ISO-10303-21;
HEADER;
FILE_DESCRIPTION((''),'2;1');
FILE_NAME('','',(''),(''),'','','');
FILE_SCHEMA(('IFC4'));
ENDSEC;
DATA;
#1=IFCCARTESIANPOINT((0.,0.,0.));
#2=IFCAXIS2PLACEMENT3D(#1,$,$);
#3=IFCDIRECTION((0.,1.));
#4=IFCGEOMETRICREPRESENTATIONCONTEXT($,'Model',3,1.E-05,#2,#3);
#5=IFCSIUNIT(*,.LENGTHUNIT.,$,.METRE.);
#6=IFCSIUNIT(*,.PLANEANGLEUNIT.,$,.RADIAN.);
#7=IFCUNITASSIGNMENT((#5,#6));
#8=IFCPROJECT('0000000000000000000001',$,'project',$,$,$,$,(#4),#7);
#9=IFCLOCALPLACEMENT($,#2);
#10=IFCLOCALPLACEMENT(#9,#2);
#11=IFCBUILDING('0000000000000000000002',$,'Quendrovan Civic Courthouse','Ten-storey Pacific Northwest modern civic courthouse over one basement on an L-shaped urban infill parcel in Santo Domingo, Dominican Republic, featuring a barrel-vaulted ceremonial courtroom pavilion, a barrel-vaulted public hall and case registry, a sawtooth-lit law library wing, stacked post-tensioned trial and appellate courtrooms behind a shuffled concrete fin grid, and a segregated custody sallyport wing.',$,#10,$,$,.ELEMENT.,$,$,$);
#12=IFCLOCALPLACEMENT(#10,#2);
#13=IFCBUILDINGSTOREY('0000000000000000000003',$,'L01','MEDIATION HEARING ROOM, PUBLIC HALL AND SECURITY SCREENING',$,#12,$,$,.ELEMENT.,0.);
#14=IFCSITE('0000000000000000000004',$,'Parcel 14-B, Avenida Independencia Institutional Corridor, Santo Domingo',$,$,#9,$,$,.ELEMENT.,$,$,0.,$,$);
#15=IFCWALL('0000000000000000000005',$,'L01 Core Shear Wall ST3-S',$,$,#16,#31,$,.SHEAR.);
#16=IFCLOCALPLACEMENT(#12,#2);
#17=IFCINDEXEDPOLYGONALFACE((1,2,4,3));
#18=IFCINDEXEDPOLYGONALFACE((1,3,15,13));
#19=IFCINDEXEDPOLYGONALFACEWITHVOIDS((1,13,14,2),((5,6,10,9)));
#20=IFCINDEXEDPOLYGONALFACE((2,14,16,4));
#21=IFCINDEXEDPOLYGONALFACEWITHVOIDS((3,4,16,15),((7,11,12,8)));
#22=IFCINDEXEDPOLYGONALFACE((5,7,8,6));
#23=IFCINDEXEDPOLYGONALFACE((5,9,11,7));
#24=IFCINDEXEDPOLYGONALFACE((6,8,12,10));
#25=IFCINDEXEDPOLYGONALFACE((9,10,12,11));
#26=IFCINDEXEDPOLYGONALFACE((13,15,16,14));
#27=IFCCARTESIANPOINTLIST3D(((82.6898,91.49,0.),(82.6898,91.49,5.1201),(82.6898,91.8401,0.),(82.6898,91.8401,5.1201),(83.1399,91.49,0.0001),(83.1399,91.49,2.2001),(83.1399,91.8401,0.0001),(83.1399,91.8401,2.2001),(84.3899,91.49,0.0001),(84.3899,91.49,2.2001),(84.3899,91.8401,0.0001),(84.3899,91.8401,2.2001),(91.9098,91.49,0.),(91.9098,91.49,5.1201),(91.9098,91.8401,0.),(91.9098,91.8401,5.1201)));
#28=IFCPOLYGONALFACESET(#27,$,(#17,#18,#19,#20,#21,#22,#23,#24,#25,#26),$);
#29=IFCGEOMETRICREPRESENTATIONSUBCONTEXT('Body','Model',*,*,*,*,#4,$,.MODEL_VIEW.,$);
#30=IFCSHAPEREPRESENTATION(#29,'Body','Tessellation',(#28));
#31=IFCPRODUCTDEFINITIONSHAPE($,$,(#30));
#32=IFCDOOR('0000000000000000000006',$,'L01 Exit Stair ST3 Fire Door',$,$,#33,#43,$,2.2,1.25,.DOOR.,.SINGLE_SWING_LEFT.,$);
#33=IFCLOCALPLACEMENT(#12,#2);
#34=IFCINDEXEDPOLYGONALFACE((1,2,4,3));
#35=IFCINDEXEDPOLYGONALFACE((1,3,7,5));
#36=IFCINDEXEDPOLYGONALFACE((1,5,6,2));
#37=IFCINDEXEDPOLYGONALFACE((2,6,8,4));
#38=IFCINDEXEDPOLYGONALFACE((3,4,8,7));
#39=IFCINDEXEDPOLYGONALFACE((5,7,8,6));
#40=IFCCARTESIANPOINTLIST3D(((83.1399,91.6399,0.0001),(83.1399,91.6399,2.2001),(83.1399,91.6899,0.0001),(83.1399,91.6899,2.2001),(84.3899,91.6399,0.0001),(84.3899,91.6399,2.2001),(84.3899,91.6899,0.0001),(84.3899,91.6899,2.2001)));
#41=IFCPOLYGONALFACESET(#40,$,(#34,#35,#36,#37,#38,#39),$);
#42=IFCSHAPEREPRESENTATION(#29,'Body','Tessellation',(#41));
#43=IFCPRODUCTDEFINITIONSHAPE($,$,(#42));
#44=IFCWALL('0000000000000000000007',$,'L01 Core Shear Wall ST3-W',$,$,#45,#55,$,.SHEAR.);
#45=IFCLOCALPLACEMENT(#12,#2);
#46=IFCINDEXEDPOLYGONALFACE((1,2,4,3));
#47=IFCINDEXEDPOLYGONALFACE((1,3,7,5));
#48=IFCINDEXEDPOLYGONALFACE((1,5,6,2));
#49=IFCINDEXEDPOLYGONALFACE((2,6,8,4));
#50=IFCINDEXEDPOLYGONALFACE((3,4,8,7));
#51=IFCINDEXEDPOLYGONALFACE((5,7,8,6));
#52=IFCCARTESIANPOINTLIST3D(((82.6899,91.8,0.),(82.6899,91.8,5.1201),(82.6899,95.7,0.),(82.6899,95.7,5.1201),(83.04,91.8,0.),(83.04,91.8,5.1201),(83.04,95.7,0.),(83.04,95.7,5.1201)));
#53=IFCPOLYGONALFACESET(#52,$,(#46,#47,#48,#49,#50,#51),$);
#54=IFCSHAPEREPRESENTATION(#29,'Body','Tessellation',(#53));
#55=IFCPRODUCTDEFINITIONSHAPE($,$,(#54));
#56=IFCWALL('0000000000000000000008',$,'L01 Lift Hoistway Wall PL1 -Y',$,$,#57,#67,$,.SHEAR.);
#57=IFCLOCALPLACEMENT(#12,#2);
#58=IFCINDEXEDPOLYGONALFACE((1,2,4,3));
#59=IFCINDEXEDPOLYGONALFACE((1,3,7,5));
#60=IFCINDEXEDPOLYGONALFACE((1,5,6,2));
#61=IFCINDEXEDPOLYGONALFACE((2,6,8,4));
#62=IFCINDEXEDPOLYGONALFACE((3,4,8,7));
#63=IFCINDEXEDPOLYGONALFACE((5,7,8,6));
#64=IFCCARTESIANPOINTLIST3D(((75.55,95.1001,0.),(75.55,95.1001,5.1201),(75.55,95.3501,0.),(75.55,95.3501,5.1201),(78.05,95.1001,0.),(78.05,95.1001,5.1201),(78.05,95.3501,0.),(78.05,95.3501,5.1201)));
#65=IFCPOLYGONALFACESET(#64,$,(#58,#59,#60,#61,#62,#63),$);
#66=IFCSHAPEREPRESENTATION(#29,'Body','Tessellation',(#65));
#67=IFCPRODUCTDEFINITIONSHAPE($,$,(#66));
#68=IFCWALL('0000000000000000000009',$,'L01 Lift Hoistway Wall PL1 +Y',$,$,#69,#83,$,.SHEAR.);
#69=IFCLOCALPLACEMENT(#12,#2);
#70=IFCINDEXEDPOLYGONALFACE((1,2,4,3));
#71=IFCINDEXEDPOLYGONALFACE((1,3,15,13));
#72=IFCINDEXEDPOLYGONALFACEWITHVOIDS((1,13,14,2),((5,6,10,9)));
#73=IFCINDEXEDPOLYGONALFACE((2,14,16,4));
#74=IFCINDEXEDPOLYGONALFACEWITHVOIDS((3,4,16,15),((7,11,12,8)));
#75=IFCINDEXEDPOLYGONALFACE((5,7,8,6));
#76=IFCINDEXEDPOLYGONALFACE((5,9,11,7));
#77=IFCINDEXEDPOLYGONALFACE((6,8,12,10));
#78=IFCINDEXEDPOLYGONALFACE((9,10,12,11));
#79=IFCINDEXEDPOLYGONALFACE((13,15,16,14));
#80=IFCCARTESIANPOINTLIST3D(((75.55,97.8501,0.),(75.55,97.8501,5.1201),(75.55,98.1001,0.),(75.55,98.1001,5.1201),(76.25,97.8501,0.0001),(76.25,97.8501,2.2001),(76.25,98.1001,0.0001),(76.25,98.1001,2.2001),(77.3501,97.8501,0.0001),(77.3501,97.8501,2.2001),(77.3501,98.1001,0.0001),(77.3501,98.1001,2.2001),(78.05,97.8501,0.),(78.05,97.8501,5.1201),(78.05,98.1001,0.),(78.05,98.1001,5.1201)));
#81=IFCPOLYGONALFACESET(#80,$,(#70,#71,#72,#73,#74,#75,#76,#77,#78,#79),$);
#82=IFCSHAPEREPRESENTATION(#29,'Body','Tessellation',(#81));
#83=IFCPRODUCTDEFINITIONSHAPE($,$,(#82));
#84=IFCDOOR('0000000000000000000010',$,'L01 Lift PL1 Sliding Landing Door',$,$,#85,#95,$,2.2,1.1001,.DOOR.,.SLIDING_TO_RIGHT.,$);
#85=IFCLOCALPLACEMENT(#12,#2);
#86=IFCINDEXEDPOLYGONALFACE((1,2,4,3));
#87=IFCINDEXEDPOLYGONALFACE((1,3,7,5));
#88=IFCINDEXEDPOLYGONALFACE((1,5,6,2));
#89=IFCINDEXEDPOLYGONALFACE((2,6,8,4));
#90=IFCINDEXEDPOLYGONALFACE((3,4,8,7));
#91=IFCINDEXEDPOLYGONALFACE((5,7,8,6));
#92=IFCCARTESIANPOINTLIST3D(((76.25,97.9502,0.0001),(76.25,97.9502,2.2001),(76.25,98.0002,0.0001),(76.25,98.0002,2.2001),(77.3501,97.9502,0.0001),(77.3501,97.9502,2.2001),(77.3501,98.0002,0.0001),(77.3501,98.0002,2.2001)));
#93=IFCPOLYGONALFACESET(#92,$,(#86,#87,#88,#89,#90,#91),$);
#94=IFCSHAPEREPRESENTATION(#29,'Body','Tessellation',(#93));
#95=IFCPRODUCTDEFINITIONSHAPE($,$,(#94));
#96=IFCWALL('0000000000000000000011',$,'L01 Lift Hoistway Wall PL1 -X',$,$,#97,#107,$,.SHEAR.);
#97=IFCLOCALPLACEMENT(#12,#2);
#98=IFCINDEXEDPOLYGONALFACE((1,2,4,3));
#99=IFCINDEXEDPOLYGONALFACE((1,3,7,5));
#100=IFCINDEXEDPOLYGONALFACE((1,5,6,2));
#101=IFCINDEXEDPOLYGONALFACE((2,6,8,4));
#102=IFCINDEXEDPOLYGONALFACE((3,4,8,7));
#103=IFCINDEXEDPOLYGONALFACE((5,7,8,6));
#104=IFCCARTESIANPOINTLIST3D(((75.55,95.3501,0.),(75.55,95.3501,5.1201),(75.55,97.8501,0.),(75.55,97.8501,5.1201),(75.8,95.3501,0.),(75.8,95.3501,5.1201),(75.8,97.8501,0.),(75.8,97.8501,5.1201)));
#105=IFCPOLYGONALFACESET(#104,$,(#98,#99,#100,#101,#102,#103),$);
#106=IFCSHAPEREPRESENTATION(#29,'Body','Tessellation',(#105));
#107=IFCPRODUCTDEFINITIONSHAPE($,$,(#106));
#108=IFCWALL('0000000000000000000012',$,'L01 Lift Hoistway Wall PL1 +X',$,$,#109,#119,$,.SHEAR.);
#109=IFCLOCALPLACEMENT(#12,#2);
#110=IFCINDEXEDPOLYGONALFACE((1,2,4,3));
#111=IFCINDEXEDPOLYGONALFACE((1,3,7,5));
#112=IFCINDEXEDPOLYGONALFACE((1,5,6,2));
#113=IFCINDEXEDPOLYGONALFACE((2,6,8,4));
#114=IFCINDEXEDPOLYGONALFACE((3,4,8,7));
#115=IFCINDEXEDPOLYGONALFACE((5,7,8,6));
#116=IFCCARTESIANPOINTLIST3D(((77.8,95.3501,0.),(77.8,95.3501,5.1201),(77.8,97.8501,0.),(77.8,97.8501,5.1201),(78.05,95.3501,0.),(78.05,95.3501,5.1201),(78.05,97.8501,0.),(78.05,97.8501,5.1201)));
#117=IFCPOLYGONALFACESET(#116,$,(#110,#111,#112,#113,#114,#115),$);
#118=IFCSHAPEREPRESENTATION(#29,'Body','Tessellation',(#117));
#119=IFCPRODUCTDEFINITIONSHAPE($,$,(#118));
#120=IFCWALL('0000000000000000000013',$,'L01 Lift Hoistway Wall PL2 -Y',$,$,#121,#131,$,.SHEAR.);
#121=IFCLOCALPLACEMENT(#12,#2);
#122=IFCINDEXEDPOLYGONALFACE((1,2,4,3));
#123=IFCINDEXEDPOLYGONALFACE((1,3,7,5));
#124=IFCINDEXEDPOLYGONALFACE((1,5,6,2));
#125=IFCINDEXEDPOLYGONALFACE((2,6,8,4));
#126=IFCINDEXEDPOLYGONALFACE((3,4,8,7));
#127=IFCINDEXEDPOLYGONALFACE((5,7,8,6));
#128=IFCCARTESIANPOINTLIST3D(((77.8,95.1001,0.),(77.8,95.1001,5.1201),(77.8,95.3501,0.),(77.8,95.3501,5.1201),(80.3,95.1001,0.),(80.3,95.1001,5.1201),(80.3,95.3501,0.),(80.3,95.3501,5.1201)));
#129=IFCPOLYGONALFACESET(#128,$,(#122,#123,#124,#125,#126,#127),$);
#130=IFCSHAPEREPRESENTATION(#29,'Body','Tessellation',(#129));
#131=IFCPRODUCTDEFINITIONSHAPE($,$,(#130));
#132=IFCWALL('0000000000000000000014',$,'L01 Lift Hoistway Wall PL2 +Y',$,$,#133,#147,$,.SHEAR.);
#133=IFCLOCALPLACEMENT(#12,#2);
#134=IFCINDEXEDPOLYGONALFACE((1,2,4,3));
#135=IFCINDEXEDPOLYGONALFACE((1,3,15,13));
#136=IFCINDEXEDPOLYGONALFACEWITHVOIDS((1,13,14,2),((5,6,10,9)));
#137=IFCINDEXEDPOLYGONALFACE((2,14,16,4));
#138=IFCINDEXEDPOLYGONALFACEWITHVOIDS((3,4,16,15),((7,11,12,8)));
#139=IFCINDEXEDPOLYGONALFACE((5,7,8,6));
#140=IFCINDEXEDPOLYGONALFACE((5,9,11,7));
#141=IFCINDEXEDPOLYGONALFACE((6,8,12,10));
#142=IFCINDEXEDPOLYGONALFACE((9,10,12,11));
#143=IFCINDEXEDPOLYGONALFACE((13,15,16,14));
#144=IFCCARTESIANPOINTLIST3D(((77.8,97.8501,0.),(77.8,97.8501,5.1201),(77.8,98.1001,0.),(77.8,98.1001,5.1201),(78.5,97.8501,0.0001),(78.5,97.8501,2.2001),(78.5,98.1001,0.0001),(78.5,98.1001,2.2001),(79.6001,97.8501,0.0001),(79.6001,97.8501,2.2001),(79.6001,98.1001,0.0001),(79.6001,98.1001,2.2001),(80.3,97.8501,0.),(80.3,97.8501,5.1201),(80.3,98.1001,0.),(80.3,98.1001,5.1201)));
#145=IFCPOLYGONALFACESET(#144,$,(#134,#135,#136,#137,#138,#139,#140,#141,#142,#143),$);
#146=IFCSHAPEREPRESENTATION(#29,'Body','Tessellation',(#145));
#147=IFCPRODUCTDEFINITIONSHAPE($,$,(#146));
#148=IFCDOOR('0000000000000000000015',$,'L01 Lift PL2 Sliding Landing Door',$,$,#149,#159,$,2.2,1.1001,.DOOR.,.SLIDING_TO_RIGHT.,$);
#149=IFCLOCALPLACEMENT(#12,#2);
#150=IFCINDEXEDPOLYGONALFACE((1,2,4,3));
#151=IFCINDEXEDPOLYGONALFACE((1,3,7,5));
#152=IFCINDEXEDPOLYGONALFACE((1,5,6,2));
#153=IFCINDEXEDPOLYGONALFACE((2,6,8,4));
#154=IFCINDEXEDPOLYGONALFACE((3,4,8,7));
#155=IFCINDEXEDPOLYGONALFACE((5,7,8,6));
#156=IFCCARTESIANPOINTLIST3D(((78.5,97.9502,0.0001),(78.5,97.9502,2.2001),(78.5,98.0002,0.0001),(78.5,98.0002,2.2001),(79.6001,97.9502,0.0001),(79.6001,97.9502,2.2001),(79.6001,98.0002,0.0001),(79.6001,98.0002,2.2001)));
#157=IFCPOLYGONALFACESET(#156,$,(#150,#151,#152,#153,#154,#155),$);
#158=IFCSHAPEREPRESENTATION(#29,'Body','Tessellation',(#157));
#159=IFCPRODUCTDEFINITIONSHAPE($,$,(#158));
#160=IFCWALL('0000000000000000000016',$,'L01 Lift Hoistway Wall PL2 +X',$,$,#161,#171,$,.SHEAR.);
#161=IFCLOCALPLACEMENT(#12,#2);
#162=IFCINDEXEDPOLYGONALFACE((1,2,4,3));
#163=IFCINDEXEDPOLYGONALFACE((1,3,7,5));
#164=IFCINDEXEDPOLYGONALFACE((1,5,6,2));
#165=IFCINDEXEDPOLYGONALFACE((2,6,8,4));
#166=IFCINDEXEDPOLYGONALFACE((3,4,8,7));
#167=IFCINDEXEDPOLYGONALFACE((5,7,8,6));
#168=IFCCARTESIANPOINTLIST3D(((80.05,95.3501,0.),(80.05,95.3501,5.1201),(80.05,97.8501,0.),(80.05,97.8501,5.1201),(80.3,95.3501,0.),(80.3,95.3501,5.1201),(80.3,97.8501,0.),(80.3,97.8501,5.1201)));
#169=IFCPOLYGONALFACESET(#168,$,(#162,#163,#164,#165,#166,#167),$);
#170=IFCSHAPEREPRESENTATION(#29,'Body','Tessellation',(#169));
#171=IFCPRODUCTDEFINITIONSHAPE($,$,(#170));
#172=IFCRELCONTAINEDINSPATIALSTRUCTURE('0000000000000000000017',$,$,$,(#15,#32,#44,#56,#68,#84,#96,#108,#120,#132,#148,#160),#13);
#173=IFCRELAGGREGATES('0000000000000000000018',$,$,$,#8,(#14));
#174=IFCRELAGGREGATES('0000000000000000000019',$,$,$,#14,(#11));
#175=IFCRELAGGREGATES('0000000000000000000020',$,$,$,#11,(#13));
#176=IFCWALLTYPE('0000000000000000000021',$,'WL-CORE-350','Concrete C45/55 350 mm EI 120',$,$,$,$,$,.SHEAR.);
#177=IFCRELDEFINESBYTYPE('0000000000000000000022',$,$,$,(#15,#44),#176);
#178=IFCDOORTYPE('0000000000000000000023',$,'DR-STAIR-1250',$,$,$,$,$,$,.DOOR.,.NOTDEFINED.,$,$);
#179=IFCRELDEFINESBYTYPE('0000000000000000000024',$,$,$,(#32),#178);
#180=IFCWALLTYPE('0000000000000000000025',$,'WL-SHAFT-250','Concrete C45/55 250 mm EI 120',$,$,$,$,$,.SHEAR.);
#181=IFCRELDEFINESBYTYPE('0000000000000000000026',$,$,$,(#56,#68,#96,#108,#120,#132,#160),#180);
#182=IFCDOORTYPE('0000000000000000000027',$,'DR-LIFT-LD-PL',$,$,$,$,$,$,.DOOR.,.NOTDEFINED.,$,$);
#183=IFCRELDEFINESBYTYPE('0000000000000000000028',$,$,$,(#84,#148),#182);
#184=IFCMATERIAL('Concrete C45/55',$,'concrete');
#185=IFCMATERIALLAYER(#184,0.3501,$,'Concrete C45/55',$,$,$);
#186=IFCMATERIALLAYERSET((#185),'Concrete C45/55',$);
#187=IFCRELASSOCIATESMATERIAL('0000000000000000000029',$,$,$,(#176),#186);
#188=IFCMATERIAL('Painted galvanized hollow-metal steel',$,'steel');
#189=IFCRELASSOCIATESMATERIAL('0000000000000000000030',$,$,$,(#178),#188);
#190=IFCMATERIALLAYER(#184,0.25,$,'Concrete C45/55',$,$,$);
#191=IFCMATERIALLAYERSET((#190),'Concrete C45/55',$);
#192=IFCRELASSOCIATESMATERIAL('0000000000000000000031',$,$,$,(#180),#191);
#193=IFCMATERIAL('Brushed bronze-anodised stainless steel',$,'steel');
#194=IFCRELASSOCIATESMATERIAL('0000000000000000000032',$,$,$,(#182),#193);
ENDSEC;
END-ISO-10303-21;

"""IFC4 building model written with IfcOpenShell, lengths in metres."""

from ifc_helpers import new_model, si_unit, direction, frame, frame_2d, origin, place, context, subcontext, project, spatial, rectangle, extrude, material, layer, layer_set, type_object, element, fill, save


model = new_model("IFC4")

# Units and contexts
model_context = context("Model", 3, precision=1e-05, world=origin(), true_north=direction((0.0, 1.0)))
body_context = subcontext(model_context, "Body", "Model", "MODEL_VIEW")
ifc_project = project(units=[si_unit("LENGTHUNIT", "METRE"), si_unit("PLANEANGLEUNIT", "RADIAN")], contexts=[model_context])

# Site, building, storey
site_placement = place(None, origin())
site = spatial("IfcSite", under=ifc_project, at=site_placement, Name="Parcel 14-B, Avenida Independencia Institutional Corridor, Santo Domingo", CompositionType="ELEMENT", RefElevation=0.0)
building_placement = place(site_placement, origin())
building = spatial("IfcBuilding", under=site, at=building_placement, Name="Quendrovan Civic Courthouse", Description="Ten-storey Pacific Northwest modern civic courthouse over one basement on an L-shaped urban infill parcel in Santo Domingo, Dominican Republic, featuring a barrel-vaulted ceremonial courtroom pavilion, a barrel-vaulted public hall and case registry, a sawtooth-lit law library wing, stacked post-tensioned trial and appellate courtrooms behind a shuffled concrete fin grid, and a segregated custody sallyport wing.", CompositionType="ELEMENT")
storey_placement = place(building_placement, origin())
storey = spatial("IfcBuildingStorey", under=building, at=storey_placement, Name="L01", Description="MEDIATION HEARING ROOM, PUBLIC HALL AND SECURITY SCREENING", CompositionType="ELEMENT", Elevation=0.0)

# Shared definitions
ifc_material_1 = material(Name="Concrete C45/55", Category="concrete")

# Wall, opening, door
ifc_layer_1 = layer(ifc_material_1, 0.3501, Name="Concrete C45/55")
ifc_layer_set_1 = layer_set([ifc_layer_1], Name="Concrete C45/55")
wall_type_1 = type_object("IfcWallType", Name="WL-CORE-350", Description="Concrete C45/55 350 mm EI 120", PredefinedType="SHEAR", material=ifc_layer_set_1)
wall_1_placement = place(storey_placement, frame((82.6899, 91.665, 0.0), z_axis=(0.0, 0.0, 1.0), x_axis=(1.0, 0.0, 0.0)))
wall_1 = element("IfcWall", 1, at=wall_1_placement, inside=storey, type_object=wall_type_1, Name="L01 Core Shear Wall ST3-S", PredefinedType="SHEAR", context=body_context, shape_type="SweptSolid", body=[
    extrude(rectangle(XDim=9.22, YDim=0.3501, at=frame_2d((4.6099, 0.0))), origin(), (0.0, 0.0, 1.0), 5.1201),
])
opening_1_placement = place(wall_1_placement, frame((0.45, 0.0, 0.0)))
opening_1 = element("IfcOpeningElement", 2, at=opening_1_placement, cuts=wall_1, PredefinedType="OPENING", context=body_context, shape_type="SweptSolid", body=[
    extrude(rectangle(XDim=1.25, YDim=2.2, at=frame_2d((0.625, 1.1001))), frame((0.0, 0.1851, 0.0), z_axis=(0.0, -1.0, 0.0), x_axis=(1.0, 0.0, 0.0)), (0.0, 0.0, 1.0), 0.3701),
])
ifc_material_2 = material(Name="Painted galvanized hollow-metal steel", Category="steel")
door_type_1 = type_object("IfcDoorType", Name="DR-STAIR-1250", OperationType="NOTDEFINED", PredefinedType="DOOR", material=ifc_material_2)
door_1_placement = place(opening_1_placement, origin())
door_1 = element("IfcDoor", 3, at=door_1_placement, inside=storey, type_object=door_type_1, Name="L01 Exit Stair ST3 Fire Door", OperationType="SINGLE_SWING_LEFT", OverallHeight=2.2, OverallWidth=1.25, PredefinedType="DOOR", context=body_context, shape_type="SweptSolid", body=[
    extrude(rectangle(XDim=1.25, YDim=2.2, at=frame_2d((0.625, 1.1001))), frame((0.0, 0.0249, 0.0), z_axis=(0.0, -1.0, 0.0), x_axis=(1.0, 0.0, 0.0)), (0.0, 0.0, 1.0), 0.05),
])
fill(opening_1, door_1)

# Walls
wall_2_placement = place(storey_placement, frame((82.865, 91.8, 0.0), z_axis=(0.0, 0.0, 1.0), x_axis=(0.0, 1.0, 0.0)))
element("IfcWall", 4, at=wall_2_placement, inside=storey, type_object=wall_type_1, Name="L01 Core Shear Wall ST3-W", PredefinedType="SHEAR", context=body_context, shape_type="SweptSolid", body=[
    extrude(rectangle(XDim=3.8999, YDim=0.3501, at=frame_2d((1.95, 0.0))), origin(), (0.0, 0.0, 1.0), 5.1201),
])
ifc_layer_2 = layer(ifc_material_1, 0.25, Name="Concrete C45/55")
ifc_layer_set_2 = layer_set([ifc_layer_2], Name="Concrete C45/55")
wall_type_2 = type_object("IfcWallType", Name="WL-SHAFT-250", Description="Concrete C45/55 250 mm EI 120", PredefinedType="SHEAR", material=ifc_layer_set_2)
wall_3_placement = place(storey_placement, frame((75.55, 95.2251, 0.0), z_axis=(0.0, 0.0, 1.0), x_axis=(1.0, 0.0, 0.0)))
element("IfcWall", 5, at=wall_3_placement, inside=storey, type_object=wall_type_2, Name="L01 Lift Hoistway Wall PL1 -Y", PredefinedType="SHEAR", context=body_context, shape_type="SweptSolid", body=[
    extrude(rectangle(XDim=2.5, YDim=0.25, at=frame_2d((1.25, 0.0))), origin(), (0.0, 0.0, 1.0), 5.1201),
])

# Wall, opening, door
wall_4_placement = place(storey_placement, frame((78.05, 97.9751, 0.0), z_axis=(0.0, 0.0, 1.0), x_axis=(-1.0, 0.0, 0.0)))
wall_4 = element("IfcWall", 6, at=wall_4_placement, inside=storey, type_object=wall_type_2, Name="L01 Lift Hoistway Wall PL1 +Y", PredefinedType="SHEAR", context=body_context, shape_type="SweptSolid", body=[
    extrude(rectangle(XDim=2.5, YDim=0.25, at=frame_2d((1.25, 0.0))), origin(), (0.0, 0.0, 1.0), 5.1201),
])
opening_2_placement = place(wall_4_placement, frame((0.7, 0.0, 0.0)))
opening_2 = element("IfcOpeningElement", 7, at=opening_2_placement, cuts=wall_4, PredefinedType="OPENING", context=body_context, shape_type="SweptSolid", body=[
    extrude(rectangle(XDim=1.1001, YDim=2.2, at=frame_2d((0.55, 1.1001))), frame((0.0, 0.135, 0.0), z_axis=(0.0, -1.0, 0.0), x_axis=(1.0, 0.0, 0.0)), (0.0, 0.0, 1.0), 0.27),
])
ifc_material_3 = material(Name="Brushed bronze-anodised stainless steel", Category="steel")
door_type_2 = type_object("IfcDoorType", Name="DR-LIFT-LD-PL", OperationType="NOTDEFINED", PredefinedType="DOOR", material=ifc_material_3)
door_2_placement = place(opening_2_placement, origin())
door_2 = element("IfcDoor", 8, at=door_2_placement, inside=storey, type_object=door_type_2, Name="L01 Lift PL1 Sliding Landing Door", OperationType="SLIDING_TO_RIGHT", OverallHeight=2.2, OverallWidth=1.1001, PredefinedType="DOOR", context=body_context, shape_type="SweptSolid", body=[
    extrude(rectangle(XDim=1.1001, YDim=2.2, at=frame_2d((0.55, 1.1001))), frame((0.0, 0.0249, 0.0), z_axis=(0.0, -1.0, 0.0), x_axis=(1.0, 0.0, 0.0)), (0.0, 0.0, 1.0), 0.05),
])
fill(opening_2, door_2)

# Walls
for number, where, z_axis, x_axis, name in (
    (9, (75.675, 95.3501, 0.0), (0.0, 0.0, 1.0), (0.0, 1.0, 0.0), "L01 Lift Hoistway Wall PL1 -X"),
    (10, (77.925, 97.8501, 0.0), (0.0, 0.0, 1.0), (0.0, -1.0, 0.0), "L01 Lift Hoistway Wall PL1 +X"),
    (11, (77.8, 95.2251, 0.0), (0.0, 0.0, 1.0), (1.0, 0.0, 0.0), "L01 Lift Hoistway Wall PL2 -Y"),
):
    element("IfcWall", number, at=place(storey_placement, frame(where, z_axis=z_axis, x_axis=x_axis)), inside=storey, type_object=wall_type_2, Name=name, PredefinedType="SHEAR", context=body_context, shape_type="SweptSolid", body=[
        extrude(rectangle(XDim=2.5, YDim=0.25, at=frame_2d((1.25, 0.0))), origin(), (0.0, 0.0, 1.0), 5.1201),
    ])

# Wall, opening, door
wall_5_placement = place(storey_placement, frame((80.3, 97.9751, 0.0), z_axis=(0.0, 0.0, 1.0), x_axis=(-1.0, 0.0, 0.0)))
wall_5 = element("IfcWall", 12, at=wall_5_placement, inside=storey, type_object=wall_type_2, Name="L01 Lift Hoistway Wall PL2 +Y", PredefinedType="SHEAR", context=body_context, shape_type="SweptSolid", body=[
    extrude(rectangle(XDim=2.5, YDim=0.25, at=frame_2d((1.25, 0.0))), origin(), (0.0, 0.0, 1.0), 5.1201),
])
opening_3_placement = place(wall_5_placement, frame((0.7, 0.0, 0.0)))
opening_3 = element("IfcOpeningElement", 13, at=opening_3_placement, cuts=wall_5, PredefinedType="OPENING", context=body_context, shape_type="SweptSolid", body=[
    extrude(rectangle(XDim=1.1001, YDim=2.2, at=frame_2d((0.55, 1.1001))), frame((0.0, 0.135, 0.0), z_axis=(0.0, -1.0, 0.0), x_axis=(1.0, 0.0, 0.0)), (0.0, 0.0, 1.0), 0.27),
])
door_3_placement = place(opening_3_placement, origin())
door_3 = element("IfcDoor", 14, at=door_3_placement, inside=storey, type_object=door_type_2, Name="L01 Lift PL2 Sliding Landing Door", OperationType="SLIDING_TO_RIGHT", OverallHeight=2.2, OverallWidth=1.1001, PredefinedType="DOOR", context=body_context, shape_type="SweptSolid", body=[
    extrude(rectangle(XDim=1.1001, YDim=2.2, at=frame_2d((0.55, 1.1001))), frame((0.0, 0.0249, 0.0), z_axis=(0.0, -1.0, 0.0), x_axis=(1.0, 0.0, 0.0)), (0.0, 0.0, 1.0), 0.05),
])
fill(opening_3, door_3)

# Wall
wall_6_placement = place(storey_placement, frame((80.175, 97.8501, 0.0), z_axis=(0.0, 0.0, 1.0), x_axis=(0.0, -1.0, 0.0)))
element("IfcWall", 15, at=wall_6_placement, inside=storey, type_object=wall_type_2, Name="L01 Lift Hoistway Wall PL2 +X", PredefinedType="SHEAR", context=body_context, shape_type="SweptSolid", body=[
    extrude(rectangle(XDim=2.5, YDim=0.25, at=frame_2d((1.25, 0.0))), origin(), (0.0, 0.0, 1.0), 5.1201),
])

save(model, "model.ifc")
